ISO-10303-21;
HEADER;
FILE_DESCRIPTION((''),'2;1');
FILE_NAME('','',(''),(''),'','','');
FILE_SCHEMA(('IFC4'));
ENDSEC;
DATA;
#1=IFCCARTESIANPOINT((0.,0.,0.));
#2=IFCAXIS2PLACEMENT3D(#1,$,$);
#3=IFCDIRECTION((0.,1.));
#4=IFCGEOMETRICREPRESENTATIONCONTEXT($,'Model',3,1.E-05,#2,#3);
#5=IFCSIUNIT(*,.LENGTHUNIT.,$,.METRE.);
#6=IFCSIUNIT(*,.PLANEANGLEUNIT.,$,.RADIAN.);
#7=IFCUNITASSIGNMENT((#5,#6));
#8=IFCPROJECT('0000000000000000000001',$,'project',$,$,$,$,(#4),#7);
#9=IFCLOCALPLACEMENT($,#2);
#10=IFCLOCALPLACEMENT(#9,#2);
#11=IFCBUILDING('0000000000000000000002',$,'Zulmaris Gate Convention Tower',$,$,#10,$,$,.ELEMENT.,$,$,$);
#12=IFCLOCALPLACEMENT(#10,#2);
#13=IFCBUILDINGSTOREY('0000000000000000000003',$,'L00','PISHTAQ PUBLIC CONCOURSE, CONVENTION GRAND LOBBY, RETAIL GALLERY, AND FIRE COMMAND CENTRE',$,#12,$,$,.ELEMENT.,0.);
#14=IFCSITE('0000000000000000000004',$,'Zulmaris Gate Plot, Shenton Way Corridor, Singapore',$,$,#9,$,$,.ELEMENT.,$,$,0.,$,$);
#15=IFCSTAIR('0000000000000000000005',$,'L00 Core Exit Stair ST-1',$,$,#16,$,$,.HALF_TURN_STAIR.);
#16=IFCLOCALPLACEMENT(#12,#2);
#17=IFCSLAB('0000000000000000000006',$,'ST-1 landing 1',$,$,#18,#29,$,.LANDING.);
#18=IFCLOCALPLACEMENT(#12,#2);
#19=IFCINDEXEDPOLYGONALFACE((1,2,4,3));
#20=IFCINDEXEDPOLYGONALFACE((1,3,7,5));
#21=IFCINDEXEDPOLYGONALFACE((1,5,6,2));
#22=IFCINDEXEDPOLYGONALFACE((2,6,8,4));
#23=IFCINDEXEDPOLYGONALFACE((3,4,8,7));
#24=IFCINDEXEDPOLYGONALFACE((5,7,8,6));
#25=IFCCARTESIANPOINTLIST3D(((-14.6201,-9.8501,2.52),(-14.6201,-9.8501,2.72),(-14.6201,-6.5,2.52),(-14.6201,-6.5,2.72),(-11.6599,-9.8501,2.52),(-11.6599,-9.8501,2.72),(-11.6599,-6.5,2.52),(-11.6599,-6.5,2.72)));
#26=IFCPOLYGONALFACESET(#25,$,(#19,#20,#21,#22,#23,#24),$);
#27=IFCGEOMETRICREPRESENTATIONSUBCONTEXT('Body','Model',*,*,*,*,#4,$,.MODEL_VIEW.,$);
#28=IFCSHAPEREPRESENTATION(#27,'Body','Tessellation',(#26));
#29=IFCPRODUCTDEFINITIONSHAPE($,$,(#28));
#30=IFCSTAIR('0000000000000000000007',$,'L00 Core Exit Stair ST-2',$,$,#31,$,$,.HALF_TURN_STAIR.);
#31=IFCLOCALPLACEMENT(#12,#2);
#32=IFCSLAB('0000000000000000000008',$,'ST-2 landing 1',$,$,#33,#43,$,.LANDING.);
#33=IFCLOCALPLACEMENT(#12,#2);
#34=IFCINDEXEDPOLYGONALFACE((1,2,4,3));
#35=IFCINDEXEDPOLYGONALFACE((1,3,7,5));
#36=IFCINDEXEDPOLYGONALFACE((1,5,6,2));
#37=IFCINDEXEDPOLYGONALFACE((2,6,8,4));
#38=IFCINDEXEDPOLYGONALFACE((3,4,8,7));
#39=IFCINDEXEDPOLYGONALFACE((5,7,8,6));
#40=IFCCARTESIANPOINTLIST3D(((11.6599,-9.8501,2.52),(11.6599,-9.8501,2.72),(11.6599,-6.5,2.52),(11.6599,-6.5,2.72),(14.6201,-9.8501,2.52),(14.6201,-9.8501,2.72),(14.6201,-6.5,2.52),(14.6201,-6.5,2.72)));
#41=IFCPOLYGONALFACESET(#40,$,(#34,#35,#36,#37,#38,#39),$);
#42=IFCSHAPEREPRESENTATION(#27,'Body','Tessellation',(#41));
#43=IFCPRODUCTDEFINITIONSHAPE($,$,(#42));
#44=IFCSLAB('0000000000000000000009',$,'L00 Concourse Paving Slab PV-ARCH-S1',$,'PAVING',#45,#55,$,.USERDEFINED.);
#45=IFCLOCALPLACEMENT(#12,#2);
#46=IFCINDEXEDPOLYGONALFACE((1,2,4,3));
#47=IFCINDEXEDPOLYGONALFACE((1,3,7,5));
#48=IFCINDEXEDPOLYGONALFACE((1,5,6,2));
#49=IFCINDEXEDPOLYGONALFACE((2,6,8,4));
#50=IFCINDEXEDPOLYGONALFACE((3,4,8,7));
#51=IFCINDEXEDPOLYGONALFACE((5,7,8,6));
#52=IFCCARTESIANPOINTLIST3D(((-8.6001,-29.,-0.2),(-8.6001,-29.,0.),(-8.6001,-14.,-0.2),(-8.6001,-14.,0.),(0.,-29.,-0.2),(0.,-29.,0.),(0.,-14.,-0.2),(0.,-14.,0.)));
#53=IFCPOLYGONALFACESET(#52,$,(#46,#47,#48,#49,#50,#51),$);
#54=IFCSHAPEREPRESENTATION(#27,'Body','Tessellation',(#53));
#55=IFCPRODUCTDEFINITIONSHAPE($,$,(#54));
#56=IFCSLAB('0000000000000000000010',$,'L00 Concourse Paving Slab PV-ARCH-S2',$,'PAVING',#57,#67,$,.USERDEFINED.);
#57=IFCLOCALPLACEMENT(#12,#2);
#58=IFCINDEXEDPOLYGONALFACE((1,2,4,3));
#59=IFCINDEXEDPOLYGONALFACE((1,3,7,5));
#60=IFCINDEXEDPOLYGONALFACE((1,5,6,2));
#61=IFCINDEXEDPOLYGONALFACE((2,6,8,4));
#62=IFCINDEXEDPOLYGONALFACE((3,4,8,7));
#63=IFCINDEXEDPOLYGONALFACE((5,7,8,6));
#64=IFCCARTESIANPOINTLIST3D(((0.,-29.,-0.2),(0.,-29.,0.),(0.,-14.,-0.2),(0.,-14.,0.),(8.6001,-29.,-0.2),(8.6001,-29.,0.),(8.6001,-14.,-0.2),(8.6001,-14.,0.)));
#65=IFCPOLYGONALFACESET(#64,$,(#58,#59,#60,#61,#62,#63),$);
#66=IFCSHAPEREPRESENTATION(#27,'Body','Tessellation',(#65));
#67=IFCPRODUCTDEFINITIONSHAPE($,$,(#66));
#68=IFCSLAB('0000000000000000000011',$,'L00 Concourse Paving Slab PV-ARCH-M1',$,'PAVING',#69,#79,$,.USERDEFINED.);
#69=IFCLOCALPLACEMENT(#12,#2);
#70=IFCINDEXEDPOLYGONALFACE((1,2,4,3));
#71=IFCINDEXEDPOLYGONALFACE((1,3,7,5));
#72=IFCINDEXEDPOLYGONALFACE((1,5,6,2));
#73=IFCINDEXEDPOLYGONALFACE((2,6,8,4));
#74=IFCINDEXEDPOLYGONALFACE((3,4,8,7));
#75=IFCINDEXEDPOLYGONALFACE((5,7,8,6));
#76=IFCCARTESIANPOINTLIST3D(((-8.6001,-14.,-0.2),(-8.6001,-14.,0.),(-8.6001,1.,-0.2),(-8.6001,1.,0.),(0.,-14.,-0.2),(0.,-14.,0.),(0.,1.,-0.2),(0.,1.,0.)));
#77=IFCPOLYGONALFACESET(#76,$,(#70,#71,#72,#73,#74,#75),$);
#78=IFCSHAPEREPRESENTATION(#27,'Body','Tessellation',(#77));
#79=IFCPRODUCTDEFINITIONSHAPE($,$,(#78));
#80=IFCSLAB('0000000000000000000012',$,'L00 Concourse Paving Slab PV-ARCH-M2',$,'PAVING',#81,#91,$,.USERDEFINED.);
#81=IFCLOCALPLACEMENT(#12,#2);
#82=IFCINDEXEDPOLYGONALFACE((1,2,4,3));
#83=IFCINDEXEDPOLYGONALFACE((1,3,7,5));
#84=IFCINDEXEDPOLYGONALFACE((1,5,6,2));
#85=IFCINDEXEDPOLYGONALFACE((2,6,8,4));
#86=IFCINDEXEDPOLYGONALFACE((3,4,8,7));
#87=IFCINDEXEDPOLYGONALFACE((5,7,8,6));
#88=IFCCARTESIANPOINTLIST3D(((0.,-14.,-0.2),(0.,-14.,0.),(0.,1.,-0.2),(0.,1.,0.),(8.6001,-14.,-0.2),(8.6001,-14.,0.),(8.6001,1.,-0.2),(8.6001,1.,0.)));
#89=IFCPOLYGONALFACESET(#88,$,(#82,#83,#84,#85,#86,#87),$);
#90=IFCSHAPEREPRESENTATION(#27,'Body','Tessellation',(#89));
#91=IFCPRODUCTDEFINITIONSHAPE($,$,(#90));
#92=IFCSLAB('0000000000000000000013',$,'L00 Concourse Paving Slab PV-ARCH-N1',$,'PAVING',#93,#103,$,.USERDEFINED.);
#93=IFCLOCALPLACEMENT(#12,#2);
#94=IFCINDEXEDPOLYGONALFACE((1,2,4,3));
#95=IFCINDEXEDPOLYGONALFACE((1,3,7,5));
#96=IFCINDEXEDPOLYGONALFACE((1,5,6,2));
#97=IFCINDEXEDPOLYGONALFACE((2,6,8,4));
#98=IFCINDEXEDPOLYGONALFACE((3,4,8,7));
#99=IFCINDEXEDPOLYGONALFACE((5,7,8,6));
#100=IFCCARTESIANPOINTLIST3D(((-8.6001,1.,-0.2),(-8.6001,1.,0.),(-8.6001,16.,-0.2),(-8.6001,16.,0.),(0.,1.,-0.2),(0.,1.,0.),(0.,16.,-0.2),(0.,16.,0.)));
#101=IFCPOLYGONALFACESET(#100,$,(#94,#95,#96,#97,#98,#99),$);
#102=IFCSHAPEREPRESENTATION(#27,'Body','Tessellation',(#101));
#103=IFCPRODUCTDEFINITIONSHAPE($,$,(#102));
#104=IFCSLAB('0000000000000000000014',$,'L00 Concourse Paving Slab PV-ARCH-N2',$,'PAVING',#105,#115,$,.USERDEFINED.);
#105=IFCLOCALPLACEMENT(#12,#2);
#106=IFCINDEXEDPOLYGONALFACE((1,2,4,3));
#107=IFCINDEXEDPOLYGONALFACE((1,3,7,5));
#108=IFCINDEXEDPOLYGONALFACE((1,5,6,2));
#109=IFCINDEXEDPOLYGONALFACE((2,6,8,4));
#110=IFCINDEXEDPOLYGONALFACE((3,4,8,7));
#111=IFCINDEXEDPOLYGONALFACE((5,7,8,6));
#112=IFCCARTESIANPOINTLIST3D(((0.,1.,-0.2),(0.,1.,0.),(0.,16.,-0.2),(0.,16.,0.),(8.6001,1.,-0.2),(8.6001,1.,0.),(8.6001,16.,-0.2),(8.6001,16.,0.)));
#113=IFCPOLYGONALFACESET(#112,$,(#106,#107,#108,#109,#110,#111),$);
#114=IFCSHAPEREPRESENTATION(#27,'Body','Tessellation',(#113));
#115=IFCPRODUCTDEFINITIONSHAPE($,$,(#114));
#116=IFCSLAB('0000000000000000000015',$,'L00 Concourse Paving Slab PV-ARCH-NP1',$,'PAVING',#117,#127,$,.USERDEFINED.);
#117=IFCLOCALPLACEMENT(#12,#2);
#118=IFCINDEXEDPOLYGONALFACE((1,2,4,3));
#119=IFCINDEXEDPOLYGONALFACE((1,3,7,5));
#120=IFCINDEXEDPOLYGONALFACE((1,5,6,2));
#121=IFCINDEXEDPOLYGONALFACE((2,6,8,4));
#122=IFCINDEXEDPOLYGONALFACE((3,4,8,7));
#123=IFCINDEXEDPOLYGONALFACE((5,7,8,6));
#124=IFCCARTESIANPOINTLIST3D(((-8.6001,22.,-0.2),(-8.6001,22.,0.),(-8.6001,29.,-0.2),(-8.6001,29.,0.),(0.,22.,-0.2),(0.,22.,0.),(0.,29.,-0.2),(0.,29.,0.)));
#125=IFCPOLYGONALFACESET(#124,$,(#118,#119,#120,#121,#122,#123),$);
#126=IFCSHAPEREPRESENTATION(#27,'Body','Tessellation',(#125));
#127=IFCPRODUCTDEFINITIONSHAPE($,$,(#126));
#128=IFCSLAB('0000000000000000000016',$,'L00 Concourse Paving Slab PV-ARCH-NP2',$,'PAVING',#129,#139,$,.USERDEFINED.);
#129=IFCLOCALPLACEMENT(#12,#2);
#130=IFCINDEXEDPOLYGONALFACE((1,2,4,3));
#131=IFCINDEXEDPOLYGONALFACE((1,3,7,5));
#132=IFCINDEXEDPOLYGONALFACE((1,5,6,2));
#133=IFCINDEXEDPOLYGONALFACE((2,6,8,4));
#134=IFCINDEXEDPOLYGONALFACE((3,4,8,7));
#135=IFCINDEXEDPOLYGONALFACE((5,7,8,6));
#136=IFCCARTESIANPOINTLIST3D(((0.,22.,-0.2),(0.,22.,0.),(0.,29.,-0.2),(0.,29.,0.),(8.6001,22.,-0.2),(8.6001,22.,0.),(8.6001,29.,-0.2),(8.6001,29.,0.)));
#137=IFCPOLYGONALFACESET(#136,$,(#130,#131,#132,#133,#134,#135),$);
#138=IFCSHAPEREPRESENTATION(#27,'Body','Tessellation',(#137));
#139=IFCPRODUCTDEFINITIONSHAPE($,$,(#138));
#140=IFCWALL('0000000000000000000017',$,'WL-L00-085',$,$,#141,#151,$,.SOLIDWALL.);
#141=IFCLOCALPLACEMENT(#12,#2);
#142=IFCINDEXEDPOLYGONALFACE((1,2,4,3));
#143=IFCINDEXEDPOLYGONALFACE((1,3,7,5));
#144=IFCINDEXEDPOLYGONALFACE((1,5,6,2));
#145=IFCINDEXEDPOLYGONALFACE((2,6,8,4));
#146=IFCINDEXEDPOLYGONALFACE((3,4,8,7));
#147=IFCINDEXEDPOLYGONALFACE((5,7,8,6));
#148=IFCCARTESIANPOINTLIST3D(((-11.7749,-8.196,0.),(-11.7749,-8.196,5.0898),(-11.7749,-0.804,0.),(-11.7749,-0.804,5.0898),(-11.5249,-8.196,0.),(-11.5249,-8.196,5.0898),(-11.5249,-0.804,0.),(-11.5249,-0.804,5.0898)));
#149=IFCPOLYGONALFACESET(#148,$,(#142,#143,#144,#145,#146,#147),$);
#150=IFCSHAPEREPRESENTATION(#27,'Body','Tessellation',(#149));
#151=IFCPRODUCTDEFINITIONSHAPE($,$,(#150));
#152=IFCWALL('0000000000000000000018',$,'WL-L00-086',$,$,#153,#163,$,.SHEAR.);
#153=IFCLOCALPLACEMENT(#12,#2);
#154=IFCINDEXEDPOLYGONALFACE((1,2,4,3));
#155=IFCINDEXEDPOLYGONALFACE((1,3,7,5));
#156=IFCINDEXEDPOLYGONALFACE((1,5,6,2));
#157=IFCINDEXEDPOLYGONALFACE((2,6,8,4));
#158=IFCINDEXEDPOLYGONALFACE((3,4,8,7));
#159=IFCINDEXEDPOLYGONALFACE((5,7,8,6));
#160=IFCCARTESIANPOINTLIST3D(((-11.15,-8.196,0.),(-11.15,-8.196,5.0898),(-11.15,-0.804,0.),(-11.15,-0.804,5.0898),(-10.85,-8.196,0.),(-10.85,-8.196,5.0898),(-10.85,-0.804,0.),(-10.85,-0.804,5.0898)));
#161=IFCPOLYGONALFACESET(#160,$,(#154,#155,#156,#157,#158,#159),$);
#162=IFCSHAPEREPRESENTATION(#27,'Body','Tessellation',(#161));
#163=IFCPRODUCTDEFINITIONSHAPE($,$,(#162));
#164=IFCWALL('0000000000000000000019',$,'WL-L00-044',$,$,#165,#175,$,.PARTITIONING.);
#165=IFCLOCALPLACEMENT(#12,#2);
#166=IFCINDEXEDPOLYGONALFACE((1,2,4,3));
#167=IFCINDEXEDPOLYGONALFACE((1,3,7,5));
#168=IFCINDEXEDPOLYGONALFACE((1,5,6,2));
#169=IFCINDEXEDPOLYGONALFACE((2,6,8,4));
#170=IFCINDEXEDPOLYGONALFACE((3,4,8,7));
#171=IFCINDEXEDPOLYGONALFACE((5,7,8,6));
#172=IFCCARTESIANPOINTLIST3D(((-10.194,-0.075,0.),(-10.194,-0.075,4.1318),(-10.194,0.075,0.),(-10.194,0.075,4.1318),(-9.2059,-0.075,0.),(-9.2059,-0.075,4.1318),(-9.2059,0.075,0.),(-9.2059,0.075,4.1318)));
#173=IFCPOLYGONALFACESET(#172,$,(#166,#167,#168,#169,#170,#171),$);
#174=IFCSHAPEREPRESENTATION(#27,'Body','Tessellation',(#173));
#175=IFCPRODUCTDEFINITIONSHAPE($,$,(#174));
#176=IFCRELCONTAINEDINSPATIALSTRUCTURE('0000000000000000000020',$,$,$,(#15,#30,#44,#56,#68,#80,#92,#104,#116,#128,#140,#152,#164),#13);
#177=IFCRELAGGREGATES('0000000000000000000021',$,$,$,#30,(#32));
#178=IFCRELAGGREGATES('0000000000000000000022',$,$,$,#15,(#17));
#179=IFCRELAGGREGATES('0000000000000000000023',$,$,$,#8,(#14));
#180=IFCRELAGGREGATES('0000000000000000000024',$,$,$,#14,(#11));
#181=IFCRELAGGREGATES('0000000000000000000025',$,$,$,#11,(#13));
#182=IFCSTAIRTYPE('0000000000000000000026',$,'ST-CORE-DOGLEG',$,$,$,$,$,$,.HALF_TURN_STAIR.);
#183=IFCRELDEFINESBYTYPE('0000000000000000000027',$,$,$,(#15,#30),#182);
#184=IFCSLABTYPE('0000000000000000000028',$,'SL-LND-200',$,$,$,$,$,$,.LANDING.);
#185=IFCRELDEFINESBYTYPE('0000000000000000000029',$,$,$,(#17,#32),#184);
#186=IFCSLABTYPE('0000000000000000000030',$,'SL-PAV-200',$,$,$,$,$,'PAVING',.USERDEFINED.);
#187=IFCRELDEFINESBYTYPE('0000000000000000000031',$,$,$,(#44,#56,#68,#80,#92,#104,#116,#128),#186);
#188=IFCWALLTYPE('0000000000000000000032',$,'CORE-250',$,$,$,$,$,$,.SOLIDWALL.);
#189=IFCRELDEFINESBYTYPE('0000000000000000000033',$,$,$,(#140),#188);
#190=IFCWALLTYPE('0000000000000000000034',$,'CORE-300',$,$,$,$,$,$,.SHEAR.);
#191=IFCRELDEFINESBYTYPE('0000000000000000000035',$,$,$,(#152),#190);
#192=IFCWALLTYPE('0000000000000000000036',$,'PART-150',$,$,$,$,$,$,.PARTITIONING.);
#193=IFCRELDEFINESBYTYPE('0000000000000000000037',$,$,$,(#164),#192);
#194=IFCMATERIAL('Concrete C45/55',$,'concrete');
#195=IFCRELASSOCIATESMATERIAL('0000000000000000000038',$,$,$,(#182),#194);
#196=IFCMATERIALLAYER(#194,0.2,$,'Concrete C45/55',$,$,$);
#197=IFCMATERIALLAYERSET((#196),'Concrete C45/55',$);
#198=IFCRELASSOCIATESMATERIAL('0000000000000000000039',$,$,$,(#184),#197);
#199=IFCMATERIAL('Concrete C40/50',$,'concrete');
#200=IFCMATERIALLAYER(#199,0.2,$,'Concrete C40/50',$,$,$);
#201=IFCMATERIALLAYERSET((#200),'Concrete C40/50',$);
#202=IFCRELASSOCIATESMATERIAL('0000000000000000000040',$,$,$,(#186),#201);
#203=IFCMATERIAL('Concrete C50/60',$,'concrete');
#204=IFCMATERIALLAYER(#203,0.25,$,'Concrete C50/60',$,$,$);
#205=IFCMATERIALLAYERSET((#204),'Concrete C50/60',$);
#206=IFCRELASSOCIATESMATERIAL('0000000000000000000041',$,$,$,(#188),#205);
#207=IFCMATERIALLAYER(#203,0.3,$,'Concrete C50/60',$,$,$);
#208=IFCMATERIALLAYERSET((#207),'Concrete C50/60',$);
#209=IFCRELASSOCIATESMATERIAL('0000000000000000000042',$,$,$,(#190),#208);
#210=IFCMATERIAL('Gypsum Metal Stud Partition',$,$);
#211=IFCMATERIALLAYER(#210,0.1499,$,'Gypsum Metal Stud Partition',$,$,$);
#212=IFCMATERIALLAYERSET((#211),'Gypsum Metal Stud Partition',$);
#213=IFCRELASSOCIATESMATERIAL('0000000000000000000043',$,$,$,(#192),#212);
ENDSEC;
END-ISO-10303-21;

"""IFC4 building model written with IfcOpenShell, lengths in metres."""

from ifc_helpers import new_model, si_unit, direction, frame, frame_2d, origin, place, context, subcontext, project, spatial, polyline, rectangle, outline, extrude, material, layer, layer_set, type_object, element, aggregate, save


model = new_model("IFC4")

# Units and contexts
model_context = context("Model", 3, precision=1e-05, world=origin(), true_north=direction((0.0, 1.0)))
body_context = subcontext(model_context, "Body", "Model", "MODEL_VIEW")
ifc_project = project(units=[si_unit("LENGTHUNIT", "METRE"), si_unit("PLANEANGLEUNIT", "RADIAN")], contexts=[model_context])

# Site, building, storey
site_placement = place(None, origin())
site = spatial("IfcSite", under=ifc_project, at=site_placement, Name="Zulmaris Gate Plot, Shenton Way Corridor, Singapore", CompositionType="ELEMENT", RefElevation=0.0)
building_placement = place(site_placement, origin())
building = spatial("IfcBuilding", under=site, at=building_placement, Name="Zulmaris Gate Convention Tower", CompositionType="ELEMENT")
storey_placement = place(building_placement, origin())
storey = spatial("IfcBuildingStorey", under=building, at=storey_placement, Name="L00", Description="PISHTAQ PUBLIC CONCOURSE, CONVENTION GRAND LOBBY, RETAIL GALLERY, AND FIRE COMMAND CENTRE", CompositionType="ELEMENT", Elevation=0.0)

# Shared definitions
ifc_material_1 = material(Name="Concrete C50/60", Category="concrete")

# Stairs, slabs
ifc_material_2 = material(Name="Concrete C45/55", Category="concrete")
stair_type = type_object("IfcStairType", Name="ST-CORE-DOGLEG", PredefinedType="HALF_TURN_STAIR", material=ifc_material_2)
stair_1_placement = place(storey_placement, origin())
stair_1 = element("IfcStair", 1, at=stair_1_placement, inside=storey, type_object=stair_type, Name="L00 Core Exit Stair ST-1", PredefinedType="HALF_TURN_STAIR")
ifc_layer_1 = layer(ifc_material_2, 0.2, Name="Concrete C45/55")
ifc_layer_set_1 = layer_set([ifc_layer_1], Name="Concrete C45/55")
slab_type_1 = type_object("IfcSlabType", Name="SL-LND-200", PredefinedType="LANDING", material=ifc_layer_set_1)
slab_1_placement = place(storey_placement, frame((0.0, 0.0, 2.52)))
slab_1 = element("IfcSlab", 2, at=slab_1_placement, type_object=slab_type_1, Name="ST-1 landing 1", PredefinedType="LANDING", context=body_context, shape_type="SweptSolid", body=[
    extrude(outline(polyline([(-14.6201, -6.5), (-14.6201, -9.8501), (-11.6599, -9.8501), (-11.6599, -6.5), (-14.6201, -6.5)])), origin(), (0.0, 0.0, 1.0), 0.2),
])
stair_2_placement = place(storey_placement, origin())
stair_2 = element("IfcStair", 3, at=stair_2_placement, inside=storey, type_object=stair_type, Name="L00 Core Exit Stair ST-2", PredefinedType="HALF_TURN_STAIR")
slab_2_placement = place(storey_placement, frame((0.0, 0.0, 2.52)))
slab_2 = element("IfcSlab", 4, at=slab_2_placement, type_object=slab_type_1, Name="ST-2 landing 1", PredefinedType="LANDING", context=body_context, shape_type="SweptSolid", body=[
    extrude(outline(polyline([(11.6599, -6.5), (11.6599, -9.8501), (14.6201, -9.8501), (14.6201, -6.5), (11.6599, -6.5)])), origin(), (0.0, 0.0, 1.0), 0.2),
])
aggregate(stair_2, [slab_2])

# Slabs
ifc_material_3 = material(Name="Concrete C40/50", Category="concrete")
ifc_layer_2 = layer(ifc_material_3, 0.2, Name="Concrete C40/50")
ifc_layer_set_2 = layer_set([ifc_layer_2], Name="Concrete C40/50")
slab_type_2 = type_object("IfcSlabType", Name="SL-PAV-200", ElementType="PAVING", PredefinedType="USERDEFINED", material=ifc_layer_set_2)
slab_3_placement = place(storey_placement, frame((0.0, 0.0, -0.2)))
element("IfcSlab", 5, at=slab_3_placement, inside=storey, type_object=slab_type_2, Name="L00 Concourse Paving Slab PV-ARCH-S1", ObjectType="PAVING", PredefinedType="USERDEFINED", context=body_context, shape_type="SweptSolid", body=[
    extrude(outline(polyline([(-8.6001, -29.0), (0.0, -29.0), (0.0, -14.0), (-8.6001, -14.0), (-8.6001, -29.0)])), origin(), (0.0, 0.0, 1.0), 0.2),
])
slab_4_placement = place(storey_placement, frame((0.0, 0.0, -0.2)))
element("IfcSlab", 6, at=slab_4_placement, inside=storey, type_object=slab_type_2, Name="L00 Concourse Paving Slab PV-ARCH-S2", ObjectType="PAVING", PredefinedType="USERDEFINED", context=body_context, shape_type="SweptSolid", body=[
    extrude(outline(polyline([(0.0, -29.0), (8.6001, -29.0), (8.6001, -14.0), (0.0, -14.0), (0.0, -29.0)])), origin(), (0.0, 0.0, 1.0), 0.2),
])
slab_5_placement = place(storey_placement, frame((0.0, 0.0, -0.2)))
element("IfcSlab", 7, at=slab_5_placement, inside=storey, type_object=slab_type_2, Name="L00 Concourse Paving Slab PV-ARCH-M1", ObjectType="PAVING", PredefinedType="USERDEFINED", context=body_context, shape_type="SweptSolid", body=[
    extrude(outline(polyline([(-8.6001, -14.0), (0.0, -14.0), (0.0, 1.0), (-8.6001, 1.0), (-8.6001, -14.0)])), origin(), (0.0, 0.0, 1.0), 0.2),
])
slab_6_placement = place(storey_placement, frame((0.0, 0.0, -0.2)))
element("IfcSlab", 8, at=slab_6_placement, inside=storey, type_object=slab_type_2, Name="L00 Concourse Paving Slab PV-ARCH-M2", ObjectType="PAVING", PredefinedType="USERDEFINED", context=body_context, shape_type="SweptSolid", body=[
    extrude(outline(polyline([(0.0, -14.0), (8.6001, -14.0), (8.6001, 1.0), (0.0, 1.0), (0.0, -14.0)])), origin(), (0.0, 0.0, 1.0), 0.2),
])
slab_7_placement = place(storey_placement, frame((0.0, 0.0, -0.2)))
element("IfcSlab", 9, at=slab_7_placement, inside=storey, type_object=slab_type_2, Name="L00 Concourse Paving Slab PV-ARCH-N1", ObjectType="PAVING", PredefinedType="USERDEFINED", context=body_context, shape_type="SweptSolid", body=[
    extrude(outline(polyline([(-8.6001, 1.0), (0.0, 1.0), (0.0, 16.0), (-8.6001, 16.0), (-8.6001, 1.0)])), origin(), (0.0, 0.0, 1.0), 0.2),
])
slab_8_placement = place(storey_placement, frame((0.0, 0.0, -0.2)))
element("IfcSlab", 10, at=slab_8_placement, inside=storey, type_object=slab_type_2, Name="L00 Concourse Paving Slab PV-ARCH-N2", ObjectType="PAVING", PredefinedType="USERDEFINED", context=body_context, shape_type="SweptSolid", body=[
    extrude(outline(polyline([(0.0, 1.0), (8.6001, 1.0), (8.6001, 16.0), (0.0, 16.0), (0.0, 1.0)])), origin(), (0.0, 0.0, 1.0), 0.2),
])
slab_9_placement = place(storey_placement, frame((0.0, 0.0, -0.2)))
element("IfcSlab", 11, at=slab_9_placement, inside=storey, type_object=slab_type_2, Name="L00 Concourse Paving Slab PV-ARCH-NP1", ObjectType="PAVING", PredefinedType="USERDEFINED", context=body_context, shape_type="SweptSolid", body=[
    extrude(outline(polyline([(-8.6001, 22.0), (0.0, 22.0), (0.0, 29.0), (-8.6001, 29.0), (-8.6001, 22.0)])), origin(), (0.0, 0.0, 1.0), 0.2),
])
slab_10_placement = place(storey_placement, frame((0.0, 0.0, -0.2)))
element("IfcSlab", 12, at=slab_10_placement, inside=storey, type_object=slab_type_2, Name="L00 Concourse Paving Slab PV-ARCH-NP2", ObjectType="PAVING", PredefinedType="USERDEFINED", context=body_context, shape_type="SweptSolid", body=[
    extrude(outline(polyline([(0.0, 22.0), (8.6001, 22.0), (8.6001, 29.0), (0.0, 29.0), (0.0, 22.0)])), origin(), (0.0, 0.0, 1.0), 0.2),
])

# Walls
ifc_layer_3 = layer(ifc_material_1, 0.25, Name="Concrete C50/60")
ifc_layer_set_3 = layer_set([ifc_layer_3], Name="Concrete C50/60")
wall_type_1 = type_object("IfcWallType", Name="CORE-250", PredefinedType="SOLIDWALL", material=ifc_layer_set_3)
wall_1_placement = place(storey_placement, frame((-11.6499, -8.196, 0.0), z_axis=(0.0, 0.0, 1.0), x_axis=(0.0, 1.0, 0.0)))
element("IfcWall", 13, at=wall_1_placement, inside=storey, type_object=wall_type_1, Name="WL-L00-085", PredefinedType="SOLIDWALL", context=body_context, shape_type="SweptSolid", body=[
    extrude(rectangle(XDim=7.3921, YDim=0.25, at=frame_2d((3.696, 0.0))), origin(), (0.0, 0.0, 1.0), 5.0898),
])
ifc_layer_4 = layer(ifc_material_1, 0.3, Name="Concrete C50/60")
ifc_layer_set_4 = layer_set([ifc_layer_4], Name="Concrete C50/60")
wall_type_2 = type_object("IfcWallType", Name="CORE-300", PredefinedType="SHEAR", material=ifc_layer_set_4)
wall_2_placement = place(storey_placement, frame((-11.0, -8.196, 0.0), z_axis=(0.0, 0.0, 1.0), x_axis=(0.0, 1.0, 0.0)))
element("IfcWall", 14, at=wall_2_placement, inside=storey, type_object=wall_type_2, Name="WL-L00-086", PredefinedType="SHEAR", context=body_context, shape_type="SweptSolid", body=[
    extrude(rectangle(XDim=7.3921, YDim=0.3, at=frame_2d((3.696, 0.0))), origin(), (0.0, 0.0, 1.0), 5.0898),
])

# Shared definitions
ifc_material_4 = material(Name="Gypsum Metal Stud Partition")
ifc_layer_5 = layer(ifc_material_4, 0.1499, Name="Gypsum Metal Stud Partition")
ifc_layer_set_5 = layer_set([ifc_layer_5], Name="Gypsum Metal Stud Partition")
wall_type_3 = type_object("IfcWallType", Name="PART-150", PredefinedType="PARTITIONING", material=ifc_layer_set_5)

# Wall
wall_3_placement = place(storey_placement, frame((-10.1941, 0.0, 0.0), z_axis=(0.0, 0.0, 1.0), x_axis=(1.0, 0.0, 0.0)))
element("IfcWall", 15, at=wall_3_placement, inside=storey, type_object=wall_type_3, Name="WL-L00-044", PredefinedType="PARTITIONING", context=body_context, shape_type="SweptSolid", body=[
    extrude(rectangle(XDim=0.988, YDim=0.1499, at=frame_2d((0.4941, 0.0))), origin(), (0.0, 0.0, 1.0), 4.1318),
])

aggregate(stair_1, [slab_1])

save(model, "model.ifc")
